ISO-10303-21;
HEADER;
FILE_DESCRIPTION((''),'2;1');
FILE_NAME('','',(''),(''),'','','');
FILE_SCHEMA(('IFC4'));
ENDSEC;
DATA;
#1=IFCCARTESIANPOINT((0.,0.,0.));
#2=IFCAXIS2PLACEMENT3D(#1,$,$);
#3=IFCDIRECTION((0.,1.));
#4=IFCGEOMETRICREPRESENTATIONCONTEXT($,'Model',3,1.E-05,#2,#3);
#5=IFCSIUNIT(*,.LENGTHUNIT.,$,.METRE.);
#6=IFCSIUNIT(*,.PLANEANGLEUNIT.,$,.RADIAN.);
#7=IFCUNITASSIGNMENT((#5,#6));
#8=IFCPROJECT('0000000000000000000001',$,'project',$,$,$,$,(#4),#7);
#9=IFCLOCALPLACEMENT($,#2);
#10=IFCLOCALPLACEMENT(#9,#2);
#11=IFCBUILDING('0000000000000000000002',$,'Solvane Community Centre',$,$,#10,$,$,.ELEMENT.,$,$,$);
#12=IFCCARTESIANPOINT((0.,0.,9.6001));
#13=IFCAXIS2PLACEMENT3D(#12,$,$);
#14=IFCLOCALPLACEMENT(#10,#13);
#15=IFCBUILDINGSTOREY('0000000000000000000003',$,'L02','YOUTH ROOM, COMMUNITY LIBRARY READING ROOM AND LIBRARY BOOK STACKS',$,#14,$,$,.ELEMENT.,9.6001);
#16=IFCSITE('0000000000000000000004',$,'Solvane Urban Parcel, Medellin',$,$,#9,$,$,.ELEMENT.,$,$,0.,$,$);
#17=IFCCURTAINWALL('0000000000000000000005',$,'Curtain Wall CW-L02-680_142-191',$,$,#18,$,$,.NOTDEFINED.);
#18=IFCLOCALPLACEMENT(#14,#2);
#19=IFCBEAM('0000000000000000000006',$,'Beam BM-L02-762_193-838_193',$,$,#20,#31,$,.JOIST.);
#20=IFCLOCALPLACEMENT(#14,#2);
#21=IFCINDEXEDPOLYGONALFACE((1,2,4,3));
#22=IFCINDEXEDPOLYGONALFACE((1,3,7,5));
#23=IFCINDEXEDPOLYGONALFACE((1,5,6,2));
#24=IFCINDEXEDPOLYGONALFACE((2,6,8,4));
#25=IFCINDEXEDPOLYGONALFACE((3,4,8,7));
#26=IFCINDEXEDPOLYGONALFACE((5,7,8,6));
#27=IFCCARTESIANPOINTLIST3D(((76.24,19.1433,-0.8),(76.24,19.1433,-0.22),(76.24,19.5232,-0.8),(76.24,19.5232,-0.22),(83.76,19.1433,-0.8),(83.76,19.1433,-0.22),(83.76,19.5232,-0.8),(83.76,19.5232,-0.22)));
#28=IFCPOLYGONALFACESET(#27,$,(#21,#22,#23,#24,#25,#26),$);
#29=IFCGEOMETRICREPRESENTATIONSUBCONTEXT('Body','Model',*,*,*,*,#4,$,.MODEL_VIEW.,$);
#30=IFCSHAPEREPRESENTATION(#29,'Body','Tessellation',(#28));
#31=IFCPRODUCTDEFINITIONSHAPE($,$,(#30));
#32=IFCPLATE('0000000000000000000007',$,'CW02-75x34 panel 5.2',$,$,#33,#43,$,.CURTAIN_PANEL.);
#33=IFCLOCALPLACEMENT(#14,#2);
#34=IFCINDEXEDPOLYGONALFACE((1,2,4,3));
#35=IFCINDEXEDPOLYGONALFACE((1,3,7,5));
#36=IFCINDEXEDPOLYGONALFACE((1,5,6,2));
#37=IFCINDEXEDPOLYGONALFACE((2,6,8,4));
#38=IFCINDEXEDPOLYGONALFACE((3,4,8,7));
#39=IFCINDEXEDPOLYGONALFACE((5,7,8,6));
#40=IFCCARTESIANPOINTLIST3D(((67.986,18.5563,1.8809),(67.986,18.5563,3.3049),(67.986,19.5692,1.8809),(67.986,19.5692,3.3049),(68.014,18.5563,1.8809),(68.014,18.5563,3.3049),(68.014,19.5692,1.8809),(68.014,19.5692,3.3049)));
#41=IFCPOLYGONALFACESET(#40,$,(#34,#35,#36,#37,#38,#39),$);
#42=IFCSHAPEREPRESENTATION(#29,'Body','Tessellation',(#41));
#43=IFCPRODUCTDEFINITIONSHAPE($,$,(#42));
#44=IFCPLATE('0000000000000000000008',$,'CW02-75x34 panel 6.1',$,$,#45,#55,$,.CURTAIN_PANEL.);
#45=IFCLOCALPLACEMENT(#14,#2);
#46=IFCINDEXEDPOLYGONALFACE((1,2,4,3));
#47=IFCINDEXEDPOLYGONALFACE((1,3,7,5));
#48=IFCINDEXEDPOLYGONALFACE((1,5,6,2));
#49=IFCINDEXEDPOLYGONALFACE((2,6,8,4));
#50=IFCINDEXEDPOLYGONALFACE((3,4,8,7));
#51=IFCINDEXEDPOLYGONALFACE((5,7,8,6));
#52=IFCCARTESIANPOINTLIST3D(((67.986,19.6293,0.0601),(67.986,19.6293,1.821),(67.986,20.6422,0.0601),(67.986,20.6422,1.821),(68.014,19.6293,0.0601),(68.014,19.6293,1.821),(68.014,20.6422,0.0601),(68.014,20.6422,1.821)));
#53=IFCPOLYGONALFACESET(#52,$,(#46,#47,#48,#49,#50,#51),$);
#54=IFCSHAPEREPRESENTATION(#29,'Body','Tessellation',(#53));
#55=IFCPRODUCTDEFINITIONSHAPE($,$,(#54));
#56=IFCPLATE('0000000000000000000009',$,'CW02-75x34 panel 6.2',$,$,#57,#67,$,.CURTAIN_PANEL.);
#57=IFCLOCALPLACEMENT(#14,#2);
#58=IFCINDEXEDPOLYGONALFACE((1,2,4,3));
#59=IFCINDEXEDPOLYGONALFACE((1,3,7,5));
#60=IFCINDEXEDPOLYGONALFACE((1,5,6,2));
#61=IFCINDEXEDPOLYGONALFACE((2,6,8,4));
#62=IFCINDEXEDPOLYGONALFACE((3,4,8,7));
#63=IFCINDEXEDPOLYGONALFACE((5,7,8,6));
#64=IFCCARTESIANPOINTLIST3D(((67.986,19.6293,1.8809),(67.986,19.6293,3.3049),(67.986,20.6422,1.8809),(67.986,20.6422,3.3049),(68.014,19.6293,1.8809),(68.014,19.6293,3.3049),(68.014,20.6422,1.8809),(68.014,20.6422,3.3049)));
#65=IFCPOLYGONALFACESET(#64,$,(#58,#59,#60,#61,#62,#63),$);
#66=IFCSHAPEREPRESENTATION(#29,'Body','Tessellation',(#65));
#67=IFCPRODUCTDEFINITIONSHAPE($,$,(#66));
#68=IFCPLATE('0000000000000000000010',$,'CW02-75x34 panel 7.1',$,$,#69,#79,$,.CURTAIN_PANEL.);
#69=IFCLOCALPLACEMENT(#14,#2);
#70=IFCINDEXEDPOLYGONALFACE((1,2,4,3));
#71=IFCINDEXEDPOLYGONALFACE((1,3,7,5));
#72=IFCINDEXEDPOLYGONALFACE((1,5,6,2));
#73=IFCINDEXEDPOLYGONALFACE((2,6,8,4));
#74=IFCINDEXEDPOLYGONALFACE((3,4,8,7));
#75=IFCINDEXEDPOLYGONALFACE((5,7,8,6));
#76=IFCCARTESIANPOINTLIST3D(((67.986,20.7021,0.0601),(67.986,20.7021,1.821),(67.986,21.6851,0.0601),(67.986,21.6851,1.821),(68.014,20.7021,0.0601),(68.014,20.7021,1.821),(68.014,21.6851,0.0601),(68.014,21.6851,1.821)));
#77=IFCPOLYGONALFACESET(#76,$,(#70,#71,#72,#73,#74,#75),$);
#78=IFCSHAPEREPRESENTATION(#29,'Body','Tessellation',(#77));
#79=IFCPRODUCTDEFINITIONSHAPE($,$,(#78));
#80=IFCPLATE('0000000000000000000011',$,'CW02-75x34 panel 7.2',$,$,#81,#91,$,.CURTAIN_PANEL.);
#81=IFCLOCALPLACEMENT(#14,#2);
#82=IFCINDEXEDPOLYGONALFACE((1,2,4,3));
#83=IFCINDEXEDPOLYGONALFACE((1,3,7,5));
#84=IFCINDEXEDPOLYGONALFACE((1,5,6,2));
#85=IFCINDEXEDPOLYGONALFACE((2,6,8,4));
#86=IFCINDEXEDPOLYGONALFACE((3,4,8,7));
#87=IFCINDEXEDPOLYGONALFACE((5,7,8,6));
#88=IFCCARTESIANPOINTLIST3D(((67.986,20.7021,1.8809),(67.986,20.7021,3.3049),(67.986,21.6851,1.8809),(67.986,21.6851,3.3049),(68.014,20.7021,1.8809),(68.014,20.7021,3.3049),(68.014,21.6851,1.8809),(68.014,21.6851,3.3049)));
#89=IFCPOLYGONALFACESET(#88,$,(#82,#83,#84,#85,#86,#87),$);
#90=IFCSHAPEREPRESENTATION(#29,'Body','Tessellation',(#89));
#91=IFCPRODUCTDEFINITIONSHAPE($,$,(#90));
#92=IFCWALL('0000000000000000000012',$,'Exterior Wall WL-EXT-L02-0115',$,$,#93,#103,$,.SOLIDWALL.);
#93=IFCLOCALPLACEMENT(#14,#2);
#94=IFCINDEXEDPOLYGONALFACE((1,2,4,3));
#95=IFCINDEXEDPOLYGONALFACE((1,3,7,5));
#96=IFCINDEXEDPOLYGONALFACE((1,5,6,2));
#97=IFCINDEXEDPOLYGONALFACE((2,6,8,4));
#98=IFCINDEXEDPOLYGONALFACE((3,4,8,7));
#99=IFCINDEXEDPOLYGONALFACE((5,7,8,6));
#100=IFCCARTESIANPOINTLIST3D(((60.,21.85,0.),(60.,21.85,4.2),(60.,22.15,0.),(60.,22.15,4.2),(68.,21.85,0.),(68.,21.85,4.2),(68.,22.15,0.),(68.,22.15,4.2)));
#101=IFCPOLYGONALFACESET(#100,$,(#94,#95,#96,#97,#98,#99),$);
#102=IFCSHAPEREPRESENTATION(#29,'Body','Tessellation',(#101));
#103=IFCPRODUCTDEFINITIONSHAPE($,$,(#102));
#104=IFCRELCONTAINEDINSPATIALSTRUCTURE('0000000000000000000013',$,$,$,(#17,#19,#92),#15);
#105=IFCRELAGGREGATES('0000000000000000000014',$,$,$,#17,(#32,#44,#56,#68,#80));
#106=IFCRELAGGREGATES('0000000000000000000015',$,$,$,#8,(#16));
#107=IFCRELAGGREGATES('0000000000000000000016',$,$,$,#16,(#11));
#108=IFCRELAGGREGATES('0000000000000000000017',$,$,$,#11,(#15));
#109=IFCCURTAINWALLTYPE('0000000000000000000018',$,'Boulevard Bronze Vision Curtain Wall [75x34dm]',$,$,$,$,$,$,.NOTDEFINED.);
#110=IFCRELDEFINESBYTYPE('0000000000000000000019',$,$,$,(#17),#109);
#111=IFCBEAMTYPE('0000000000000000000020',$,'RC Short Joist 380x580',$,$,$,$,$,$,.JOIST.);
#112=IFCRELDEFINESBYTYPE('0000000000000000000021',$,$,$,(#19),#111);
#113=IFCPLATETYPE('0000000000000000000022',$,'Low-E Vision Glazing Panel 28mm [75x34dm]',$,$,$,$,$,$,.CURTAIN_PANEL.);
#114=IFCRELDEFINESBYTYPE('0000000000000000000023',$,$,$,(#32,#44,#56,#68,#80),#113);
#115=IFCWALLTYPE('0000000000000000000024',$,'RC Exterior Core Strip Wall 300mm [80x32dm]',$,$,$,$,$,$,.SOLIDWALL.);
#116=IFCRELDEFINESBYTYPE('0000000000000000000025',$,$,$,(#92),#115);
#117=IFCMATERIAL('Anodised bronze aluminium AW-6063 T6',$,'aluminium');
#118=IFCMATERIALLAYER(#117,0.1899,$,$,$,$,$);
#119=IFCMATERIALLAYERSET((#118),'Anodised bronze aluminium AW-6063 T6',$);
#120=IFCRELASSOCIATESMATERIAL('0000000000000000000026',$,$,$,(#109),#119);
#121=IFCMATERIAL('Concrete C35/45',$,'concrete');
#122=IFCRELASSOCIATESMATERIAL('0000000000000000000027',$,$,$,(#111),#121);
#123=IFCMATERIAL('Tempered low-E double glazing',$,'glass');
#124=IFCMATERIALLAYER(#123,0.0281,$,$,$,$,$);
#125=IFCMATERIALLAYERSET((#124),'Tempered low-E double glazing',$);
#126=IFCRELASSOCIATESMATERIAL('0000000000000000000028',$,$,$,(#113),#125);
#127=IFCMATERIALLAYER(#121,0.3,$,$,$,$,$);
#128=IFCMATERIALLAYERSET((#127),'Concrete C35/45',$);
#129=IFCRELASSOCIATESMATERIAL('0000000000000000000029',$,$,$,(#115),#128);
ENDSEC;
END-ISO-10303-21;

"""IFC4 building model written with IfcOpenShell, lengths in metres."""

from ifc_helpers import new_model, si_unit, direction, frame, frame_2d, origin, origin_2d, place, context, subcontext, project, spatial, rectangle, extrude, material, layer, layer_set, material_profile, profile_set, type_object, element, aggregate, save


model = new_model("IFC4")

# Units and contexts
model_context = context("Model", 3, precision=1e-05, world=origin(), true_north=direction((0.0, 1.0)))
body_context = subcontext(model_context, "Body", "Model", "MODEL_VIEW")
ifc_project = project(units=[si_unit("LENGTHUNIT", "METRE"), si_unit("PLANEANGLEUNIT", "RADIAN")], contexts=[model_context])

# Site, building, storey
site_placement = place(None, origin())
site = spatial("IfcSite", under=ifc_project, at=site_placement, Name="Solvane Urban Parcel, Medellin", CompositionType="ELEMENT", RefElevation=0.0)
building_placement = place(site_placement, origin())
building = spatial("IfcBuilding", under=site, at=building_placement, Name="Solvane Community Centre", CompositionType="ELEMENT")
storey_placement = place(building_placement, frame((0.0, 0.0, 9.6001)))
storey = spatial("IfcBuildingStorey", under=building, at=storey_placement, Name="L02", Description="YOUTH ROOM, COMMUNITY LIBRARY READING ROOM AND LIBRARY BOOK STACKS", CompositionType="ELEMENT", Elevation=9.6001)

# Curtain wall
ifc_material_1 = material(Name="Anodised bronze aluminium AW-6063 T6", Category="aluminium")
ifc_layer_1 = layer(ifc_material_1, 0.1899)
ifc_layer_set_1 = layer_set([ifc_layer_1], Name="Anodised bronze aluminium AW-6063 T6")
curtain_wall_type = type_object("IfcCurtainWallType", Name="Boulevard Bronze Vision Curtain Wall [75x34dm]", PredefinedType="NOTDEFINED", material=ifc_layer_set_1)
curtain_wall_placement = place(storey_placement, origin())
curtain_wall = element("IfcCurtainWall", 1, at=curtain_wall_placement, inside=storey, type_object=curtain_wall_type, Name="Curtain Wall CW-L02-680_142-191", PredefinedType="NOTDEFINED")

# Beam
ifc_material_2 = material(Name="Concrete C35/45", Category="concrete")
ifc_material_profile_1 = material_profile(ifc_material_2, rectangle(XDim=0.3799, YDim=0.5801, at=origin_2d()), Name="RC 380x580")
ifc_profile_set_1 = profile_set([ifc_material_profile_1], Name="Concrete C35/45")
beam_type_1 = type_object("IfcBeamType", Name="RC Short Joist 380x580", PredefinedType="JOIST", material=ifc_profile_set_1)
for number, where, z_axis, x_axis, name in (
    (2, (76.24, 19.3333, -0.51), (1.0, 0.0, 0.0), (0.0, 1.0, 0.0), "Beam BM-L02-762_193-838_193"),
):
    element("IfcBeam", number, at=place(storey_placement, frame(where, z_axis=z_axis, x_axis=x_axis)), inside=storey, type_object=beam_type_1, Name=name, PredefinedType="JOIST", context=body_context, shape_type="SweptSolid", body=[
        extrude(rectangle(XDim=0.3799, YDim=0.5801, at=origin_2d()), origin(), (0.0, 0.0, 1.0), 7.52),
    ])

# Plates
ifc_material_3 = material(Name="Tempered low-E double glazing", Category="glass")
ifc_layer_2 = layer(ifc_material_3, 0.0281)
ifc_layer_set_2 = layer_set([ifc_layer_2], Name="Tempered low-E double glazing")
plate_type = type_object("IfcPlateType", Name="Low-E Vision Glazing Panel 28mm [75x34dm]", PredefinedType="CURTAIN_PANEL", material=ifc_layer_set_2)
plate_1_placement = place(storey_placement, frame((68.0, 19.0627, 1.8809), z_axis=(0.0, 0.0, 1.0), x_axis=(0.0, 1.0, 0.0)))
plate_1 = element("IfcPlate", 3, at=plate_1_placement, type_object=plate_type, Name="CW02-75x34 panel 5.2", PredefinedType="CURTAIN_PANEL", context=body_context, shape_type="SweptSolid", body=[
    extrude(rectangle(XDim=1.0129, YDim=0.0281, at=origin_2d()), origin(), (0.0, 0.0, 1.0), 1.4241),
])
plate_2_placement = place(storey_placement, frame((68.0, 20.1357, 0.0601), z_axis=(0.0, 0.0, 1.0), x_axis=(0.0, 1.0, 0.0)))
plate_2 = element("IfcPlate", 4, at=plate_2_placement, type_object=plate_type, Name="CW02-75x34 panel 6.1", PredefinedType="CURTAIN_PANEL", context=body_context, shape_type="SweptSolid", body=[
    extrude(rectangle(XDim=1.0129, YDim=0.0281, at=origin_2d()), origin(), (0.0, 0.0, 1.0), 1.761),
])
plate_3_placement = place(storey_placement, frame((68.0, 20.1357, 1.8809), z_axis=(0.0, 0.0, 1.0), x_axis=(0.0, 1.0, 0.0)))
plate_3 = element("IfcPlate", 5, at=plate_3_placement, type_object=plate_type, Name="CW02-75x34 panel 6.2", PredefinedType="CURTAIN_PANEL", context=body_context, shape_type="SweptSolid", body=[
    extrude(rectangle(XDim=1.0129, YDim=0.0281, at=origin_2d()), origin(), (0.0, 0.0, 1.0), 1.4241),
])
plate_4_placement = place(storey_placement, frame((68.0, 21.1936, 0.0601), z_axis=(0.0, 0.0, 1.0), x_axis=(0.0, 1.0, 0.0)))
plate_4 = element("IfcPlate", 6, at=plate_4_placement, type_object=plate_type, Name="CW02-75x34 panel 7.1", PredefinedType="CURTAIN_PANEL", context=body_context, shape_type="SweptSolid", body=[
    extrude(rectangle(XDim=0.9829, YDim=0.0281, at=origin_2d()), origin(), (0.0, 0.0, 1.0), 1.761),
])
plate_5_placement = place(storey_placement, frame((68.0, 21.1936, 1.8809), z_axis=(0.0, 0.0, 1.0), x_axis=(0.0, 1.0, 0.0)))
plate_5 = element("IfcPlate", 7, at=plate_5_placement, type_object=plate_type, Name="CW02-75x34 panel 7.2", PredefinedType="CURTAIN_PANEL", context=body_context, shape_type="SweptSolid", body=[
    extrude(rectangle(XDim=0.9829, YDim=0.0281, at=origin_2d()), origin(), (0.0, 0.0, 1.0), 1.4241),
])
aggregate(curtain_wall, [plate_1, plate_2, plate_3, plate_4, plate_5])

# Wall
ifc_layer_3 = layer(ifc_material_2, 0.3)
ifc_layer_set_3 = layer_set([ifc_layer_3], Name="Concrete C35/45")
wall_type = type_object("IfcWallType", Name="RC Exterior Core Strip Wall 300mm [80x32dm]", PredefinedType="SOLIDWALL", material=ifc_layer_set_3)
wall_placement = place(storey_placement, frame((68.0, 22.0, 0.0), z_axis=(0.0, 0.0, 1.0), x_axis=(-1.0, 0.0, 0.0)))
element("IfcWall", 8, at=wall_placement, inside=storey, type_object=wall_type, Name="Exterior Wall WL-EXT-L02-0115", PredefinedType="SOLIDWALL", context=body_context, shape_type="SweptSolid", body=[
    extrude(rectangle(XDim=8.0, YDim=0.3, at=frame_2d((4.0, 0.0))), origin(), (0.0, 0.0, 1.0), 4.2),
])

save(model, "model.ifc")
